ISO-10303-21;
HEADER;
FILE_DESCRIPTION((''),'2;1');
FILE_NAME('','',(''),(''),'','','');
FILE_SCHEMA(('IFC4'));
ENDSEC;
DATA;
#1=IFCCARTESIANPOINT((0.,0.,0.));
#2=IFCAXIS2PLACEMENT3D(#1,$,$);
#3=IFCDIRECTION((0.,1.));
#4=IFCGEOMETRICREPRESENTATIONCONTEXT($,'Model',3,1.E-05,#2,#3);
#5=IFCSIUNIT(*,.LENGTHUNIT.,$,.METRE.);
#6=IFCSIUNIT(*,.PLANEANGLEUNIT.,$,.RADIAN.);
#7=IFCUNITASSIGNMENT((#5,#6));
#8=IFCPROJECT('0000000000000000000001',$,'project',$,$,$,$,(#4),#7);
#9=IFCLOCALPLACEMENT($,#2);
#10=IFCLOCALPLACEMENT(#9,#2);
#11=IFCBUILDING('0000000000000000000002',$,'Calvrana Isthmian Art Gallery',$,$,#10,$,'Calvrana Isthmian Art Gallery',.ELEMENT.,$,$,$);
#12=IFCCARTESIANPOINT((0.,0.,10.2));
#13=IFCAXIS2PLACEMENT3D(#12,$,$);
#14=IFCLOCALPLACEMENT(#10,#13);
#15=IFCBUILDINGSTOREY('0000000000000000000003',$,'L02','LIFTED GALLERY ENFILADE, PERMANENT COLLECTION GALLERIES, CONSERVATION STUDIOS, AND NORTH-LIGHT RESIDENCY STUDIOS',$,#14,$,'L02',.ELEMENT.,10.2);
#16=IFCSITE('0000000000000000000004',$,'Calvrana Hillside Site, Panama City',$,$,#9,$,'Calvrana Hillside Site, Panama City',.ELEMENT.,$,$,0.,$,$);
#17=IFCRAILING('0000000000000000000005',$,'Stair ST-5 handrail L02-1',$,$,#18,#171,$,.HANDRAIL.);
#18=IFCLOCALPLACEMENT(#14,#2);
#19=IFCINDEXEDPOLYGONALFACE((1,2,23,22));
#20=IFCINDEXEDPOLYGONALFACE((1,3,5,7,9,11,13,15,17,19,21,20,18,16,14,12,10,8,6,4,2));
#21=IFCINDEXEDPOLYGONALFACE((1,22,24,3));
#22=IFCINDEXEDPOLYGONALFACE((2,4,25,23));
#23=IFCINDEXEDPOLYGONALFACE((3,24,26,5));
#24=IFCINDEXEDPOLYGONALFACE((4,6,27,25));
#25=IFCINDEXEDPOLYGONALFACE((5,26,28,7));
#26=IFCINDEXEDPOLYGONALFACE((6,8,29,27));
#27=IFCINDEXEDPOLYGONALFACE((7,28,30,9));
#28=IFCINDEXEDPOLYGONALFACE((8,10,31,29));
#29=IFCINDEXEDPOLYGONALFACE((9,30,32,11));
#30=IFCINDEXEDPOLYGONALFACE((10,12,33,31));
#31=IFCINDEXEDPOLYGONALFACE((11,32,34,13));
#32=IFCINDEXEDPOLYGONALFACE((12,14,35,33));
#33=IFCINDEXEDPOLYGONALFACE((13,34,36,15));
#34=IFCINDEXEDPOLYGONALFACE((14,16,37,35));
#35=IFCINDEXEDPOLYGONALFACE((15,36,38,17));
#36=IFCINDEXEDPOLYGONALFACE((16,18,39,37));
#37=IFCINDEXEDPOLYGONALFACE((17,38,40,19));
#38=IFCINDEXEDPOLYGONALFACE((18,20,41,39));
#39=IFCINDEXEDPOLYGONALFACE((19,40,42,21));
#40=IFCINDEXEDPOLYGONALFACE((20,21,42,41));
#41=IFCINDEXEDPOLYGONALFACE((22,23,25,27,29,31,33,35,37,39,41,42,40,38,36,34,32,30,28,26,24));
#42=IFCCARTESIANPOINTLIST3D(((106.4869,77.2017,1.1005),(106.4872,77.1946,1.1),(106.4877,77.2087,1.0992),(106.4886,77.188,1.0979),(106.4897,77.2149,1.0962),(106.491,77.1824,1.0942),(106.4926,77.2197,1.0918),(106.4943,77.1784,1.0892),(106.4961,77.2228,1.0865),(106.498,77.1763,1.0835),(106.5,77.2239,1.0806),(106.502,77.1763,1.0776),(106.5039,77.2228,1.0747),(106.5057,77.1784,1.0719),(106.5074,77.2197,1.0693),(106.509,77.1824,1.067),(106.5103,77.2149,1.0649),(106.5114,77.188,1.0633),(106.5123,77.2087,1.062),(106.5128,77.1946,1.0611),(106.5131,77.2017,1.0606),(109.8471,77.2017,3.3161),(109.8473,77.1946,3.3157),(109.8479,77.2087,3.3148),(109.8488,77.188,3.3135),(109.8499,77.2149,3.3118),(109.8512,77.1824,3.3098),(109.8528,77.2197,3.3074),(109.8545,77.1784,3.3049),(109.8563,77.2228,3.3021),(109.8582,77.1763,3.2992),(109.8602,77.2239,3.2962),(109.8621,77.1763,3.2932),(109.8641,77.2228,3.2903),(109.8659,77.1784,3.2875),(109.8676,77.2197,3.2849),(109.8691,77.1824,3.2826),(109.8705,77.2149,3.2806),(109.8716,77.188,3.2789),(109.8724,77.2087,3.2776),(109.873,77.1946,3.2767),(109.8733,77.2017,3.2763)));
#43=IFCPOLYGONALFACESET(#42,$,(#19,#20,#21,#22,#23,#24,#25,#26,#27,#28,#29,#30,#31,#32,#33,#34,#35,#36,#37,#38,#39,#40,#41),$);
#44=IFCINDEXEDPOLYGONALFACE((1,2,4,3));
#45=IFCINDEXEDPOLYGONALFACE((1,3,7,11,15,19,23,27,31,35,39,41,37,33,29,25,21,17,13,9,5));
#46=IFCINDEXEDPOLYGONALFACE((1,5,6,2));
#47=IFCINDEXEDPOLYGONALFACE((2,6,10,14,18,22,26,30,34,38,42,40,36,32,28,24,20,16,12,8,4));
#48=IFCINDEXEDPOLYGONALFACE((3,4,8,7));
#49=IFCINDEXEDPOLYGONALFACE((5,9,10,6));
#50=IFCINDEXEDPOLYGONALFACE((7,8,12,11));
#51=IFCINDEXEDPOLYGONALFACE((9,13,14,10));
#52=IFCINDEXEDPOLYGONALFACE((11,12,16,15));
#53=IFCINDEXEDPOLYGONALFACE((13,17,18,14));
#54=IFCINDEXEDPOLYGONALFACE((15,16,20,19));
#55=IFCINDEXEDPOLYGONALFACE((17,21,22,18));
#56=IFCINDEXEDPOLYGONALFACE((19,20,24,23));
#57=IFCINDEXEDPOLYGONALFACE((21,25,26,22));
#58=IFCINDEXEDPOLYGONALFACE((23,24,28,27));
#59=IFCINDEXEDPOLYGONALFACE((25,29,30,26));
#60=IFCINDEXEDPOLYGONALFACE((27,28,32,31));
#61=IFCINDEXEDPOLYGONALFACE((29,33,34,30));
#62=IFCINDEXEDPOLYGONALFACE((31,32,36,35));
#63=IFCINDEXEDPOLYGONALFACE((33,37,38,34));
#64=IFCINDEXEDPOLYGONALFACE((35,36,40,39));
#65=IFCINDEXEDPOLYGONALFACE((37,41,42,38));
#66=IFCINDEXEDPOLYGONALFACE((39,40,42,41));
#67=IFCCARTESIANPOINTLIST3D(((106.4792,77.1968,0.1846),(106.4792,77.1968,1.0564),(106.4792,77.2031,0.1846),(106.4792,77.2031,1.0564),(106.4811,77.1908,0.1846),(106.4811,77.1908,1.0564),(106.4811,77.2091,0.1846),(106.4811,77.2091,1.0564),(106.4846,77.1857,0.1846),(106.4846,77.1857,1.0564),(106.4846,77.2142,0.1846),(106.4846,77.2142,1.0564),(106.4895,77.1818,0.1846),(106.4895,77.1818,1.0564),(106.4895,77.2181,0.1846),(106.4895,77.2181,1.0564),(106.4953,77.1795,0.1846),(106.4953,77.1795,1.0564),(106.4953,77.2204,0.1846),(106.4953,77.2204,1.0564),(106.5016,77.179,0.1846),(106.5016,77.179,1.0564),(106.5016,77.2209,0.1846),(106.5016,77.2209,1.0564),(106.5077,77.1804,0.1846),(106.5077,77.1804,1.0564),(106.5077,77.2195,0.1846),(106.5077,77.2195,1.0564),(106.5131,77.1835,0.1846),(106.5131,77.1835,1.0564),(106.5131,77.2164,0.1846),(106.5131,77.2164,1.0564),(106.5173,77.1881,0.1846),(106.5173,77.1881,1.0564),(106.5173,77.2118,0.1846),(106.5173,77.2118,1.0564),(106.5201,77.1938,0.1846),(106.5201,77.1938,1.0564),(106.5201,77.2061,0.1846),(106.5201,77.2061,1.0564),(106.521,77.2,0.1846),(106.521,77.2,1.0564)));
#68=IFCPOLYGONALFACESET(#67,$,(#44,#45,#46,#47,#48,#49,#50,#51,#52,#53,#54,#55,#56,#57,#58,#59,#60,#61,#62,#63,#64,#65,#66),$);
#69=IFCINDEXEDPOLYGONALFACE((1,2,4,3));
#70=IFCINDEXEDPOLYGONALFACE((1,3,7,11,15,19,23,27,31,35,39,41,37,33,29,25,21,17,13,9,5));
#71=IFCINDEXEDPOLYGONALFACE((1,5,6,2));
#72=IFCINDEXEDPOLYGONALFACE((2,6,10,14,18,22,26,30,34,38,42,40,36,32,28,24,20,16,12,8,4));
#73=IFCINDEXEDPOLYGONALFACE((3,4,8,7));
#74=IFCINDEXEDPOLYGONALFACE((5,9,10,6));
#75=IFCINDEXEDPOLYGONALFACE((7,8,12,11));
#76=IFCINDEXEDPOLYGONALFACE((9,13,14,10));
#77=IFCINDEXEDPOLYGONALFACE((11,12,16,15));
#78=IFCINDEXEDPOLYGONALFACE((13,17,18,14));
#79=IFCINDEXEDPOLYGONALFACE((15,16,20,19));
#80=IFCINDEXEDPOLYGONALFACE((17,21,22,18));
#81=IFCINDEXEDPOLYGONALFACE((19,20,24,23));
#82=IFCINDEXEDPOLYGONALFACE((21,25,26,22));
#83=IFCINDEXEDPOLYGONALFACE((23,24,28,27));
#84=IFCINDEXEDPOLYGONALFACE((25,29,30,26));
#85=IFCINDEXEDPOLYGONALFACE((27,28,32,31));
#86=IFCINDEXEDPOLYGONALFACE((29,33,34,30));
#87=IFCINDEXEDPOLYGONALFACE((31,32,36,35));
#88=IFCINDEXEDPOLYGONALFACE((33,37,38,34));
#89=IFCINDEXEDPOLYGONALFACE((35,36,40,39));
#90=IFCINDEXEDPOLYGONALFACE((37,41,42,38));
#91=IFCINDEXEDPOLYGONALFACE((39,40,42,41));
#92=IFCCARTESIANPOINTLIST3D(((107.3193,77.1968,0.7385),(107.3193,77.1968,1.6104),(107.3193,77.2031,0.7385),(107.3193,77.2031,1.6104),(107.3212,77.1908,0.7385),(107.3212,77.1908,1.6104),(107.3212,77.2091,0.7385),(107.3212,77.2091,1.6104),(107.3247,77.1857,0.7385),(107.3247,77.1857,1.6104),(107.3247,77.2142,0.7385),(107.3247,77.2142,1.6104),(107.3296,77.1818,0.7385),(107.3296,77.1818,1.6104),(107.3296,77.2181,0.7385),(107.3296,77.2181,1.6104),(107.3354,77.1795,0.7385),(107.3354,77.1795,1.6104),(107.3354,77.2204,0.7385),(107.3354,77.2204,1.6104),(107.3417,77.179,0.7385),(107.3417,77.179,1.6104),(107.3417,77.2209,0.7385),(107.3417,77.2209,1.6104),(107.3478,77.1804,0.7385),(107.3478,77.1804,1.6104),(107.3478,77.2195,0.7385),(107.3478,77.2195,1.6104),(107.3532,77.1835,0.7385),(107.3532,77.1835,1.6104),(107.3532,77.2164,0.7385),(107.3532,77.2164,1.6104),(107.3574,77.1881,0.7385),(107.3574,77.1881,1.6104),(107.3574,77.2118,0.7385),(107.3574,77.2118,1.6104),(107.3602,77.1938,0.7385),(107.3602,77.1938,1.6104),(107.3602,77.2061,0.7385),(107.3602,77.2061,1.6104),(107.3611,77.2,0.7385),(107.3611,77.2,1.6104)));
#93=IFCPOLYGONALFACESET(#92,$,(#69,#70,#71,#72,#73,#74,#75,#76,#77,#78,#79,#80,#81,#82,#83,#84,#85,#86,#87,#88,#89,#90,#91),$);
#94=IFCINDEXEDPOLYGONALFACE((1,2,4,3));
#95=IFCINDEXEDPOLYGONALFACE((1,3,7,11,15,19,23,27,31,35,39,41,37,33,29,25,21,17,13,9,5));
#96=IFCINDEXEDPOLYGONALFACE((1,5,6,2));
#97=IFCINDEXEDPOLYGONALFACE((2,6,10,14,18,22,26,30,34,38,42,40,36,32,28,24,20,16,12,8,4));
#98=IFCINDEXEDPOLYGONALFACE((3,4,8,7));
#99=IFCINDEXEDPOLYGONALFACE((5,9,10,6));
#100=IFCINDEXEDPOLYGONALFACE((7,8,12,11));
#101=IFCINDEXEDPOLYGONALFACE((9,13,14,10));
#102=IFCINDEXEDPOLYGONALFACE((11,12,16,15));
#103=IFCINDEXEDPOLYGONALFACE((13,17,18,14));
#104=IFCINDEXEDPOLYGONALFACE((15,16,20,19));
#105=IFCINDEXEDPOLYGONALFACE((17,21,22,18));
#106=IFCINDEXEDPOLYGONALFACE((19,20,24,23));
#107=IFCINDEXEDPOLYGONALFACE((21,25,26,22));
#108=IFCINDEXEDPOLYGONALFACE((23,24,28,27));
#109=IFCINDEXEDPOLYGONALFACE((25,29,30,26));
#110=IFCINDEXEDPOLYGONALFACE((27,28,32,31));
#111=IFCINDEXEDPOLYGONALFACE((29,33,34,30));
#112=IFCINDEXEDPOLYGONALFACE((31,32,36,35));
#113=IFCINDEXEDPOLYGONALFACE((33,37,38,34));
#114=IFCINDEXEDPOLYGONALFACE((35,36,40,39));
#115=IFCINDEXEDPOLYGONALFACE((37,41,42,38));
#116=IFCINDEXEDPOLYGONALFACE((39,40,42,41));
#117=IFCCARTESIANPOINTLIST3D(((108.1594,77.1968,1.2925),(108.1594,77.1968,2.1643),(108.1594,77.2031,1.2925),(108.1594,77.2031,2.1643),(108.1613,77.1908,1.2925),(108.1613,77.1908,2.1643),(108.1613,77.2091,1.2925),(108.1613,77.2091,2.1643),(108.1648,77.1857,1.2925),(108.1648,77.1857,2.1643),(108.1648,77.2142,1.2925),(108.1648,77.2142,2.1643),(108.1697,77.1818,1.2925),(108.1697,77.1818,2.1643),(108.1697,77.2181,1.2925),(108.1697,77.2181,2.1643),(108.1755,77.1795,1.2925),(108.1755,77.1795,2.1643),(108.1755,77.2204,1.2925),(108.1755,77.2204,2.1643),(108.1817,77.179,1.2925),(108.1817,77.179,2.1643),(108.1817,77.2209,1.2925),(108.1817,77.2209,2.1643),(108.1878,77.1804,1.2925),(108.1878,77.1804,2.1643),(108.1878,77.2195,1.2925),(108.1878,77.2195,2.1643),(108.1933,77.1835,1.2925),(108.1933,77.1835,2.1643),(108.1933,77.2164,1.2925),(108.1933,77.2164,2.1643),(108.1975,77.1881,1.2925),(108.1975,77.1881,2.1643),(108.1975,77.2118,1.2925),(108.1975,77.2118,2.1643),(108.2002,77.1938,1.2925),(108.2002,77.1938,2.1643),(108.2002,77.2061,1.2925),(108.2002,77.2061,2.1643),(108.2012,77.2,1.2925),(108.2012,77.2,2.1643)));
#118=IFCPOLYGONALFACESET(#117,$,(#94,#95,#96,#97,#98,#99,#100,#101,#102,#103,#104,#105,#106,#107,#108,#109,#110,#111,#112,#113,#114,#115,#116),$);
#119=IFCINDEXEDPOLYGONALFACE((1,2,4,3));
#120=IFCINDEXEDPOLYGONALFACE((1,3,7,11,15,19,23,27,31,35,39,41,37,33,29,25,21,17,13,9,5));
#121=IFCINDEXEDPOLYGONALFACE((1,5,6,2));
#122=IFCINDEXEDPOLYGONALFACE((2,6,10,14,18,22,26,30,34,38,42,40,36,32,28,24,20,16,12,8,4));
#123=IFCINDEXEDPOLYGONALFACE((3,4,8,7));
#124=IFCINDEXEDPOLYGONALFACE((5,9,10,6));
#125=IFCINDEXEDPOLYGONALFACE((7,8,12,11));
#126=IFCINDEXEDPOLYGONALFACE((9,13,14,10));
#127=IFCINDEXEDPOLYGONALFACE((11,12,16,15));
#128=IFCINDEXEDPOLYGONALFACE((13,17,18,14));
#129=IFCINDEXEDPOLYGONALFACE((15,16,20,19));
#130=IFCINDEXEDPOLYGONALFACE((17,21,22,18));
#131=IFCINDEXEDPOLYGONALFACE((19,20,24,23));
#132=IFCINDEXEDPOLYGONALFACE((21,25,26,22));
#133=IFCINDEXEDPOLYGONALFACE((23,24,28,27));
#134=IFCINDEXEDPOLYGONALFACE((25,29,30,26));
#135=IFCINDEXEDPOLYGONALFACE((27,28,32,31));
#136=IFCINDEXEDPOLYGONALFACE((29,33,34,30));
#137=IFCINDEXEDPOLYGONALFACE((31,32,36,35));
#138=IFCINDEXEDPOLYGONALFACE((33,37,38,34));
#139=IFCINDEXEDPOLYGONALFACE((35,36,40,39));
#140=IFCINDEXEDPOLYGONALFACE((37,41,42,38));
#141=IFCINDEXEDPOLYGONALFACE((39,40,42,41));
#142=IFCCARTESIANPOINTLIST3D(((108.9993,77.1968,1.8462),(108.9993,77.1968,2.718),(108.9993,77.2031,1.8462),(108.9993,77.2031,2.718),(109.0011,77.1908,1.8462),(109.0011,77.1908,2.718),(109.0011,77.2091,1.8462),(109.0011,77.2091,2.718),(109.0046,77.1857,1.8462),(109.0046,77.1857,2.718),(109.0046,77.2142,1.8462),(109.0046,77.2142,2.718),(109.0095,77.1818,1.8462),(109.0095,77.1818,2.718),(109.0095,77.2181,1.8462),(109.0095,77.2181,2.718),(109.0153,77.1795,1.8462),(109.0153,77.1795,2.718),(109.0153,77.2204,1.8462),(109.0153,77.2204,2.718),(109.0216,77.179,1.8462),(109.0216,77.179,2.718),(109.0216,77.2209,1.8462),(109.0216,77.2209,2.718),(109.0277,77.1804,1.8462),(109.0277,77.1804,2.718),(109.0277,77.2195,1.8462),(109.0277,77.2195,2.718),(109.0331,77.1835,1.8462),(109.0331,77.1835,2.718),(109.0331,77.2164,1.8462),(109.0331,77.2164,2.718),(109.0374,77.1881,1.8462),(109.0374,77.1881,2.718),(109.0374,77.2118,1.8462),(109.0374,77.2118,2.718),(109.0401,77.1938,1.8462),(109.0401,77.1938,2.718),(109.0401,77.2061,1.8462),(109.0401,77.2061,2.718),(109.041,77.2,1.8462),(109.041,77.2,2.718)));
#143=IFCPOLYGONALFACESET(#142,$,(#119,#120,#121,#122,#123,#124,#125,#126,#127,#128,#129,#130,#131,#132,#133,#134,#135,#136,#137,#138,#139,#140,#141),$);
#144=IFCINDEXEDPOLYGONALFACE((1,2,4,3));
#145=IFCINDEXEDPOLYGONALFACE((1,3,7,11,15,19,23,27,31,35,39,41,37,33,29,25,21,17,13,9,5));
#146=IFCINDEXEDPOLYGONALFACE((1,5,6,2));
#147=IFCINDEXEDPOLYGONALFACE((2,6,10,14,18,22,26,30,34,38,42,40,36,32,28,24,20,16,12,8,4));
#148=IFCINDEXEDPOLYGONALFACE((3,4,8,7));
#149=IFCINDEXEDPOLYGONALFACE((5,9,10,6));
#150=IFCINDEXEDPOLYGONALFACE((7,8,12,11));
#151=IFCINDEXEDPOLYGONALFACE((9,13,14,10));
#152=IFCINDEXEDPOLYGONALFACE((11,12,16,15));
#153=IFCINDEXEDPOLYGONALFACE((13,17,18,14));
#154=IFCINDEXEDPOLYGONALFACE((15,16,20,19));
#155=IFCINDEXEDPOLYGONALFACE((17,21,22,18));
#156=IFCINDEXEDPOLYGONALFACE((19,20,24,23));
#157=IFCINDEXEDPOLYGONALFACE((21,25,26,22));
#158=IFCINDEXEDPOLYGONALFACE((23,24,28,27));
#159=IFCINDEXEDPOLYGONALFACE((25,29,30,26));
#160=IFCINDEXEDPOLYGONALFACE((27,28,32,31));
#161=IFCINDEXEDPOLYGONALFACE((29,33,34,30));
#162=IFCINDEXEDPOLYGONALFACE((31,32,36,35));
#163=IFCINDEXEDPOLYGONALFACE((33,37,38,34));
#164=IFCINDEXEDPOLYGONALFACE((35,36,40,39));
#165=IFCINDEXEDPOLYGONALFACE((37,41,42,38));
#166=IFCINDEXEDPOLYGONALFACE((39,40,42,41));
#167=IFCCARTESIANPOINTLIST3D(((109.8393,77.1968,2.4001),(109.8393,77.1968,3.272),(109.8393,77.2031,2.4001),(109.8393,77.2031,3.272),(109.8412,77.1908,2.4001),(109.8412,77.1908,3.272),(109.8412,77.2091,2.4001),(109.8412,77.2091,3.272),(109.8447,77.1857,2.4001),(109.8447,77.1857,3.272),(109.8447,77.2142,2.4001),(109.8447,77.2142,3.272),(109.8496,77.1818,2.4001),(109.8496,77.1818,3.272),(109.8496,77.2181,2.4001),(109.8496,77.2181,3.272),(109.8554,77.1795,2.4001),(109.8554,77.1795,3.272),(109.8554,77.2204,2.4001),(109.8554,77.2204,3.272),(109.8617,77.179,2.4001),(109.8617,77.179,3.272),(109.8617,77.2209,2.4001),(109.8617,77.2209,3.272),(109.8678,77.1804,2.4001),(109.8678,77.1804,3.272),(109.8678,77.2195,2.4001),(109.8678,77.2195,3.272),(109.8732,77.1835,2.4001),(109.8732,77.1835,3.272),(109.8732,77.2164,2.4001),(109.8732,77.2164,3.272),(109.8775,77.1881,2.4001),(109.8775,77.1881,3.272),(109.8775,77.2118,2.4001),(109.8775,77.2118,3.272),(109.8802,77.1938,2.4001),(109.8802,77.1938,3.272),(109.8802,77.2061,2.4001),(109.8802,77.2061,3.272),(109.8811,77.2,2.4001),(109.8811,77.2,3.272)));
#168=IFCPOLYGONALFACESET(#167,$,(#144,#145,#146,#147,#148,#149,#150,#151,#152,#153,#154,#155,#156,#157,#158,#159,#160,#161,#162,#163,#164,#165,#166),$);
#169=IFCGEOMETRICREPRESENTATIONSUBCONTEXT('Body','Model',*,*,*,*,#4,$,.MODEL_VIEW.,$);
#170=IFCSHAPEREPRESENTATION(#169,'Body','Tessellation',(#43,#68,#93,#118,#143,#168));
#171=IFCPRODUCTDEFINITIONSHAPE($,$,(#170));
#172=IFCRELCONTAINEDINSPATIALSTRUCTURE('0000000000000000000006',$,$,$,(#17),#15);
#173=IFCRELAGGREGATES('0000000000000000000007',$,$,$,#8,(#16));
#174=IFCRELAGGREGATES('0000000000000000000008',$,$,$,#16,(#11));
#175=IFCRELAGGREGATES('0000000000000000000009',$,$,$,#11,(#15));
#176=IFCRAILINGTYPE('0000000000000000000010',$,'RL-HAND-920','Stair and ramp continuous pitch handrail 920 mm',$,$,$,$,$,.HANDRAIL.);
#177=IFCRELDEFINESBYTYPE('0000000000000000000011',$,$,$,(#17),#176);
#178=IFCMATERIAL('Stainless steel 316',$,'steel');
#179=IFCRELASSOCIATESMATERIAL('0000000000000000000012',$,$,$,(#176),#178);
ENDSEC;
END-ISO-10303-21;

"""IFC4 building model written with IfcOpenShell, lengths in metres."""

from ifc_helpers import new_model, si_unit, direction, frame, origin, origin_2d, place, context, subcontext, project, spatial, circle, extrude, material, type_object, element, save


model = new_model("IFC4")

# Units and contexts
model_context = context("Model", 3, precision=1e-05, world=origin(), true_north=direction((0.0, 1.0)))
body_context = subcontext(model_context, "Body", "Model", "MODEL_VIEW")
ifc_project = project(units=[si_unit("LENGTHUNIT", "METRE"), si_unit("PLANEANGLEUNIT", "RADIAN")], contexts=[model_context])

# Site, building, storey
site_placement = place(None, origin())
site = spatial("IfcSite", under=ifc_project, at=site_placement, Name="Calvrana Hillside Site, Panama City", LongName="Calvrana Hillside Site, Panama City", CompositionType="ELEMENT", RefElevation=0.0)
building_placement = place(site_placement, origin())
building = spatial("IfcBuilding", under=site, at=building_placement, Name="Calvrana Isthmian Art Gallery", LongName="Calvrana Isthmian Art Gallery", CompositionType="ELEMENT")
storey_placement = place(building_placement, frame((0.0, 0.0, 10.2)))
storey = spatial("IfcBuildingStorey", under=building, at=storey_placement, Name="L02", Description="LIFTED GALLERY ENFILADE, PERMANENT COLLECTION GALLERIES, CONSERVATION STUDIOS, AND NORTH-LIGHT RESIDENCY STUDIOS", LongName="L02", CompositionType="ELEMENT", Elevation=10.2)

# Railing
ifc_material_1 = material(Name="Stainless steel 316", Category="steel")
railing_type_1 = type_object("IfcRailingType", Name="RL-HAND-920", Description="Stair and ramp continuous pitch handrail 920 mm", PredefinedType="HANDRAIL", material=ifc_material_1)
railing_1_placement = place(storey_placement, frame((106.5, 77.2, 0.1846)))
element("IfcRailing", 1, at=railing_1_placement, inside=storey, type_object=railing_type_1, Name="Stair ST-5 handrail L02-1", PredefinedType="HANDRAIL", context=body_context, shape_type="SweptSolid", body=[
    extrude(circle(Radius=0.0239, at=origin_2d()), frame((0.0, 0.0, 0.896), z_axis=(0.834849, 0.0, 0.55048), x_axis=(0.0, 1.0, 0.0)), (0.0, 0.0, 1.0), 4.0249),
    extrude(circle(Radius=0.021, at=origin_2d()), origin(), (0.0, 0.0, 1.0), 0.8718),
    extrude(circle(Radius=0.021, at=origin_2d()), frame((0.8401, 0.0, 0.554)), (0.0, 0.0, 1.0), 0.8718),
    extrude(circle(Radius=0.021, at=origin_2d()), frame((1.6802, 0.0, 1.1079)), (0.0, 0.0, 1.0), 0.8718),
    extrude(circle(Radius=0.021, at=origin_2d()), frame((2.52, 0.0, 1.6616)), (0.0, 0.0, 1.0), 0.8718),
    extrude(circle(Radius=0.021, at=origin_2d()), frame((3.3601, 0.0, 2.2156)), (0.0, 0.0, 1.0), 0.8718),
])

save(model, "model.ifc")
